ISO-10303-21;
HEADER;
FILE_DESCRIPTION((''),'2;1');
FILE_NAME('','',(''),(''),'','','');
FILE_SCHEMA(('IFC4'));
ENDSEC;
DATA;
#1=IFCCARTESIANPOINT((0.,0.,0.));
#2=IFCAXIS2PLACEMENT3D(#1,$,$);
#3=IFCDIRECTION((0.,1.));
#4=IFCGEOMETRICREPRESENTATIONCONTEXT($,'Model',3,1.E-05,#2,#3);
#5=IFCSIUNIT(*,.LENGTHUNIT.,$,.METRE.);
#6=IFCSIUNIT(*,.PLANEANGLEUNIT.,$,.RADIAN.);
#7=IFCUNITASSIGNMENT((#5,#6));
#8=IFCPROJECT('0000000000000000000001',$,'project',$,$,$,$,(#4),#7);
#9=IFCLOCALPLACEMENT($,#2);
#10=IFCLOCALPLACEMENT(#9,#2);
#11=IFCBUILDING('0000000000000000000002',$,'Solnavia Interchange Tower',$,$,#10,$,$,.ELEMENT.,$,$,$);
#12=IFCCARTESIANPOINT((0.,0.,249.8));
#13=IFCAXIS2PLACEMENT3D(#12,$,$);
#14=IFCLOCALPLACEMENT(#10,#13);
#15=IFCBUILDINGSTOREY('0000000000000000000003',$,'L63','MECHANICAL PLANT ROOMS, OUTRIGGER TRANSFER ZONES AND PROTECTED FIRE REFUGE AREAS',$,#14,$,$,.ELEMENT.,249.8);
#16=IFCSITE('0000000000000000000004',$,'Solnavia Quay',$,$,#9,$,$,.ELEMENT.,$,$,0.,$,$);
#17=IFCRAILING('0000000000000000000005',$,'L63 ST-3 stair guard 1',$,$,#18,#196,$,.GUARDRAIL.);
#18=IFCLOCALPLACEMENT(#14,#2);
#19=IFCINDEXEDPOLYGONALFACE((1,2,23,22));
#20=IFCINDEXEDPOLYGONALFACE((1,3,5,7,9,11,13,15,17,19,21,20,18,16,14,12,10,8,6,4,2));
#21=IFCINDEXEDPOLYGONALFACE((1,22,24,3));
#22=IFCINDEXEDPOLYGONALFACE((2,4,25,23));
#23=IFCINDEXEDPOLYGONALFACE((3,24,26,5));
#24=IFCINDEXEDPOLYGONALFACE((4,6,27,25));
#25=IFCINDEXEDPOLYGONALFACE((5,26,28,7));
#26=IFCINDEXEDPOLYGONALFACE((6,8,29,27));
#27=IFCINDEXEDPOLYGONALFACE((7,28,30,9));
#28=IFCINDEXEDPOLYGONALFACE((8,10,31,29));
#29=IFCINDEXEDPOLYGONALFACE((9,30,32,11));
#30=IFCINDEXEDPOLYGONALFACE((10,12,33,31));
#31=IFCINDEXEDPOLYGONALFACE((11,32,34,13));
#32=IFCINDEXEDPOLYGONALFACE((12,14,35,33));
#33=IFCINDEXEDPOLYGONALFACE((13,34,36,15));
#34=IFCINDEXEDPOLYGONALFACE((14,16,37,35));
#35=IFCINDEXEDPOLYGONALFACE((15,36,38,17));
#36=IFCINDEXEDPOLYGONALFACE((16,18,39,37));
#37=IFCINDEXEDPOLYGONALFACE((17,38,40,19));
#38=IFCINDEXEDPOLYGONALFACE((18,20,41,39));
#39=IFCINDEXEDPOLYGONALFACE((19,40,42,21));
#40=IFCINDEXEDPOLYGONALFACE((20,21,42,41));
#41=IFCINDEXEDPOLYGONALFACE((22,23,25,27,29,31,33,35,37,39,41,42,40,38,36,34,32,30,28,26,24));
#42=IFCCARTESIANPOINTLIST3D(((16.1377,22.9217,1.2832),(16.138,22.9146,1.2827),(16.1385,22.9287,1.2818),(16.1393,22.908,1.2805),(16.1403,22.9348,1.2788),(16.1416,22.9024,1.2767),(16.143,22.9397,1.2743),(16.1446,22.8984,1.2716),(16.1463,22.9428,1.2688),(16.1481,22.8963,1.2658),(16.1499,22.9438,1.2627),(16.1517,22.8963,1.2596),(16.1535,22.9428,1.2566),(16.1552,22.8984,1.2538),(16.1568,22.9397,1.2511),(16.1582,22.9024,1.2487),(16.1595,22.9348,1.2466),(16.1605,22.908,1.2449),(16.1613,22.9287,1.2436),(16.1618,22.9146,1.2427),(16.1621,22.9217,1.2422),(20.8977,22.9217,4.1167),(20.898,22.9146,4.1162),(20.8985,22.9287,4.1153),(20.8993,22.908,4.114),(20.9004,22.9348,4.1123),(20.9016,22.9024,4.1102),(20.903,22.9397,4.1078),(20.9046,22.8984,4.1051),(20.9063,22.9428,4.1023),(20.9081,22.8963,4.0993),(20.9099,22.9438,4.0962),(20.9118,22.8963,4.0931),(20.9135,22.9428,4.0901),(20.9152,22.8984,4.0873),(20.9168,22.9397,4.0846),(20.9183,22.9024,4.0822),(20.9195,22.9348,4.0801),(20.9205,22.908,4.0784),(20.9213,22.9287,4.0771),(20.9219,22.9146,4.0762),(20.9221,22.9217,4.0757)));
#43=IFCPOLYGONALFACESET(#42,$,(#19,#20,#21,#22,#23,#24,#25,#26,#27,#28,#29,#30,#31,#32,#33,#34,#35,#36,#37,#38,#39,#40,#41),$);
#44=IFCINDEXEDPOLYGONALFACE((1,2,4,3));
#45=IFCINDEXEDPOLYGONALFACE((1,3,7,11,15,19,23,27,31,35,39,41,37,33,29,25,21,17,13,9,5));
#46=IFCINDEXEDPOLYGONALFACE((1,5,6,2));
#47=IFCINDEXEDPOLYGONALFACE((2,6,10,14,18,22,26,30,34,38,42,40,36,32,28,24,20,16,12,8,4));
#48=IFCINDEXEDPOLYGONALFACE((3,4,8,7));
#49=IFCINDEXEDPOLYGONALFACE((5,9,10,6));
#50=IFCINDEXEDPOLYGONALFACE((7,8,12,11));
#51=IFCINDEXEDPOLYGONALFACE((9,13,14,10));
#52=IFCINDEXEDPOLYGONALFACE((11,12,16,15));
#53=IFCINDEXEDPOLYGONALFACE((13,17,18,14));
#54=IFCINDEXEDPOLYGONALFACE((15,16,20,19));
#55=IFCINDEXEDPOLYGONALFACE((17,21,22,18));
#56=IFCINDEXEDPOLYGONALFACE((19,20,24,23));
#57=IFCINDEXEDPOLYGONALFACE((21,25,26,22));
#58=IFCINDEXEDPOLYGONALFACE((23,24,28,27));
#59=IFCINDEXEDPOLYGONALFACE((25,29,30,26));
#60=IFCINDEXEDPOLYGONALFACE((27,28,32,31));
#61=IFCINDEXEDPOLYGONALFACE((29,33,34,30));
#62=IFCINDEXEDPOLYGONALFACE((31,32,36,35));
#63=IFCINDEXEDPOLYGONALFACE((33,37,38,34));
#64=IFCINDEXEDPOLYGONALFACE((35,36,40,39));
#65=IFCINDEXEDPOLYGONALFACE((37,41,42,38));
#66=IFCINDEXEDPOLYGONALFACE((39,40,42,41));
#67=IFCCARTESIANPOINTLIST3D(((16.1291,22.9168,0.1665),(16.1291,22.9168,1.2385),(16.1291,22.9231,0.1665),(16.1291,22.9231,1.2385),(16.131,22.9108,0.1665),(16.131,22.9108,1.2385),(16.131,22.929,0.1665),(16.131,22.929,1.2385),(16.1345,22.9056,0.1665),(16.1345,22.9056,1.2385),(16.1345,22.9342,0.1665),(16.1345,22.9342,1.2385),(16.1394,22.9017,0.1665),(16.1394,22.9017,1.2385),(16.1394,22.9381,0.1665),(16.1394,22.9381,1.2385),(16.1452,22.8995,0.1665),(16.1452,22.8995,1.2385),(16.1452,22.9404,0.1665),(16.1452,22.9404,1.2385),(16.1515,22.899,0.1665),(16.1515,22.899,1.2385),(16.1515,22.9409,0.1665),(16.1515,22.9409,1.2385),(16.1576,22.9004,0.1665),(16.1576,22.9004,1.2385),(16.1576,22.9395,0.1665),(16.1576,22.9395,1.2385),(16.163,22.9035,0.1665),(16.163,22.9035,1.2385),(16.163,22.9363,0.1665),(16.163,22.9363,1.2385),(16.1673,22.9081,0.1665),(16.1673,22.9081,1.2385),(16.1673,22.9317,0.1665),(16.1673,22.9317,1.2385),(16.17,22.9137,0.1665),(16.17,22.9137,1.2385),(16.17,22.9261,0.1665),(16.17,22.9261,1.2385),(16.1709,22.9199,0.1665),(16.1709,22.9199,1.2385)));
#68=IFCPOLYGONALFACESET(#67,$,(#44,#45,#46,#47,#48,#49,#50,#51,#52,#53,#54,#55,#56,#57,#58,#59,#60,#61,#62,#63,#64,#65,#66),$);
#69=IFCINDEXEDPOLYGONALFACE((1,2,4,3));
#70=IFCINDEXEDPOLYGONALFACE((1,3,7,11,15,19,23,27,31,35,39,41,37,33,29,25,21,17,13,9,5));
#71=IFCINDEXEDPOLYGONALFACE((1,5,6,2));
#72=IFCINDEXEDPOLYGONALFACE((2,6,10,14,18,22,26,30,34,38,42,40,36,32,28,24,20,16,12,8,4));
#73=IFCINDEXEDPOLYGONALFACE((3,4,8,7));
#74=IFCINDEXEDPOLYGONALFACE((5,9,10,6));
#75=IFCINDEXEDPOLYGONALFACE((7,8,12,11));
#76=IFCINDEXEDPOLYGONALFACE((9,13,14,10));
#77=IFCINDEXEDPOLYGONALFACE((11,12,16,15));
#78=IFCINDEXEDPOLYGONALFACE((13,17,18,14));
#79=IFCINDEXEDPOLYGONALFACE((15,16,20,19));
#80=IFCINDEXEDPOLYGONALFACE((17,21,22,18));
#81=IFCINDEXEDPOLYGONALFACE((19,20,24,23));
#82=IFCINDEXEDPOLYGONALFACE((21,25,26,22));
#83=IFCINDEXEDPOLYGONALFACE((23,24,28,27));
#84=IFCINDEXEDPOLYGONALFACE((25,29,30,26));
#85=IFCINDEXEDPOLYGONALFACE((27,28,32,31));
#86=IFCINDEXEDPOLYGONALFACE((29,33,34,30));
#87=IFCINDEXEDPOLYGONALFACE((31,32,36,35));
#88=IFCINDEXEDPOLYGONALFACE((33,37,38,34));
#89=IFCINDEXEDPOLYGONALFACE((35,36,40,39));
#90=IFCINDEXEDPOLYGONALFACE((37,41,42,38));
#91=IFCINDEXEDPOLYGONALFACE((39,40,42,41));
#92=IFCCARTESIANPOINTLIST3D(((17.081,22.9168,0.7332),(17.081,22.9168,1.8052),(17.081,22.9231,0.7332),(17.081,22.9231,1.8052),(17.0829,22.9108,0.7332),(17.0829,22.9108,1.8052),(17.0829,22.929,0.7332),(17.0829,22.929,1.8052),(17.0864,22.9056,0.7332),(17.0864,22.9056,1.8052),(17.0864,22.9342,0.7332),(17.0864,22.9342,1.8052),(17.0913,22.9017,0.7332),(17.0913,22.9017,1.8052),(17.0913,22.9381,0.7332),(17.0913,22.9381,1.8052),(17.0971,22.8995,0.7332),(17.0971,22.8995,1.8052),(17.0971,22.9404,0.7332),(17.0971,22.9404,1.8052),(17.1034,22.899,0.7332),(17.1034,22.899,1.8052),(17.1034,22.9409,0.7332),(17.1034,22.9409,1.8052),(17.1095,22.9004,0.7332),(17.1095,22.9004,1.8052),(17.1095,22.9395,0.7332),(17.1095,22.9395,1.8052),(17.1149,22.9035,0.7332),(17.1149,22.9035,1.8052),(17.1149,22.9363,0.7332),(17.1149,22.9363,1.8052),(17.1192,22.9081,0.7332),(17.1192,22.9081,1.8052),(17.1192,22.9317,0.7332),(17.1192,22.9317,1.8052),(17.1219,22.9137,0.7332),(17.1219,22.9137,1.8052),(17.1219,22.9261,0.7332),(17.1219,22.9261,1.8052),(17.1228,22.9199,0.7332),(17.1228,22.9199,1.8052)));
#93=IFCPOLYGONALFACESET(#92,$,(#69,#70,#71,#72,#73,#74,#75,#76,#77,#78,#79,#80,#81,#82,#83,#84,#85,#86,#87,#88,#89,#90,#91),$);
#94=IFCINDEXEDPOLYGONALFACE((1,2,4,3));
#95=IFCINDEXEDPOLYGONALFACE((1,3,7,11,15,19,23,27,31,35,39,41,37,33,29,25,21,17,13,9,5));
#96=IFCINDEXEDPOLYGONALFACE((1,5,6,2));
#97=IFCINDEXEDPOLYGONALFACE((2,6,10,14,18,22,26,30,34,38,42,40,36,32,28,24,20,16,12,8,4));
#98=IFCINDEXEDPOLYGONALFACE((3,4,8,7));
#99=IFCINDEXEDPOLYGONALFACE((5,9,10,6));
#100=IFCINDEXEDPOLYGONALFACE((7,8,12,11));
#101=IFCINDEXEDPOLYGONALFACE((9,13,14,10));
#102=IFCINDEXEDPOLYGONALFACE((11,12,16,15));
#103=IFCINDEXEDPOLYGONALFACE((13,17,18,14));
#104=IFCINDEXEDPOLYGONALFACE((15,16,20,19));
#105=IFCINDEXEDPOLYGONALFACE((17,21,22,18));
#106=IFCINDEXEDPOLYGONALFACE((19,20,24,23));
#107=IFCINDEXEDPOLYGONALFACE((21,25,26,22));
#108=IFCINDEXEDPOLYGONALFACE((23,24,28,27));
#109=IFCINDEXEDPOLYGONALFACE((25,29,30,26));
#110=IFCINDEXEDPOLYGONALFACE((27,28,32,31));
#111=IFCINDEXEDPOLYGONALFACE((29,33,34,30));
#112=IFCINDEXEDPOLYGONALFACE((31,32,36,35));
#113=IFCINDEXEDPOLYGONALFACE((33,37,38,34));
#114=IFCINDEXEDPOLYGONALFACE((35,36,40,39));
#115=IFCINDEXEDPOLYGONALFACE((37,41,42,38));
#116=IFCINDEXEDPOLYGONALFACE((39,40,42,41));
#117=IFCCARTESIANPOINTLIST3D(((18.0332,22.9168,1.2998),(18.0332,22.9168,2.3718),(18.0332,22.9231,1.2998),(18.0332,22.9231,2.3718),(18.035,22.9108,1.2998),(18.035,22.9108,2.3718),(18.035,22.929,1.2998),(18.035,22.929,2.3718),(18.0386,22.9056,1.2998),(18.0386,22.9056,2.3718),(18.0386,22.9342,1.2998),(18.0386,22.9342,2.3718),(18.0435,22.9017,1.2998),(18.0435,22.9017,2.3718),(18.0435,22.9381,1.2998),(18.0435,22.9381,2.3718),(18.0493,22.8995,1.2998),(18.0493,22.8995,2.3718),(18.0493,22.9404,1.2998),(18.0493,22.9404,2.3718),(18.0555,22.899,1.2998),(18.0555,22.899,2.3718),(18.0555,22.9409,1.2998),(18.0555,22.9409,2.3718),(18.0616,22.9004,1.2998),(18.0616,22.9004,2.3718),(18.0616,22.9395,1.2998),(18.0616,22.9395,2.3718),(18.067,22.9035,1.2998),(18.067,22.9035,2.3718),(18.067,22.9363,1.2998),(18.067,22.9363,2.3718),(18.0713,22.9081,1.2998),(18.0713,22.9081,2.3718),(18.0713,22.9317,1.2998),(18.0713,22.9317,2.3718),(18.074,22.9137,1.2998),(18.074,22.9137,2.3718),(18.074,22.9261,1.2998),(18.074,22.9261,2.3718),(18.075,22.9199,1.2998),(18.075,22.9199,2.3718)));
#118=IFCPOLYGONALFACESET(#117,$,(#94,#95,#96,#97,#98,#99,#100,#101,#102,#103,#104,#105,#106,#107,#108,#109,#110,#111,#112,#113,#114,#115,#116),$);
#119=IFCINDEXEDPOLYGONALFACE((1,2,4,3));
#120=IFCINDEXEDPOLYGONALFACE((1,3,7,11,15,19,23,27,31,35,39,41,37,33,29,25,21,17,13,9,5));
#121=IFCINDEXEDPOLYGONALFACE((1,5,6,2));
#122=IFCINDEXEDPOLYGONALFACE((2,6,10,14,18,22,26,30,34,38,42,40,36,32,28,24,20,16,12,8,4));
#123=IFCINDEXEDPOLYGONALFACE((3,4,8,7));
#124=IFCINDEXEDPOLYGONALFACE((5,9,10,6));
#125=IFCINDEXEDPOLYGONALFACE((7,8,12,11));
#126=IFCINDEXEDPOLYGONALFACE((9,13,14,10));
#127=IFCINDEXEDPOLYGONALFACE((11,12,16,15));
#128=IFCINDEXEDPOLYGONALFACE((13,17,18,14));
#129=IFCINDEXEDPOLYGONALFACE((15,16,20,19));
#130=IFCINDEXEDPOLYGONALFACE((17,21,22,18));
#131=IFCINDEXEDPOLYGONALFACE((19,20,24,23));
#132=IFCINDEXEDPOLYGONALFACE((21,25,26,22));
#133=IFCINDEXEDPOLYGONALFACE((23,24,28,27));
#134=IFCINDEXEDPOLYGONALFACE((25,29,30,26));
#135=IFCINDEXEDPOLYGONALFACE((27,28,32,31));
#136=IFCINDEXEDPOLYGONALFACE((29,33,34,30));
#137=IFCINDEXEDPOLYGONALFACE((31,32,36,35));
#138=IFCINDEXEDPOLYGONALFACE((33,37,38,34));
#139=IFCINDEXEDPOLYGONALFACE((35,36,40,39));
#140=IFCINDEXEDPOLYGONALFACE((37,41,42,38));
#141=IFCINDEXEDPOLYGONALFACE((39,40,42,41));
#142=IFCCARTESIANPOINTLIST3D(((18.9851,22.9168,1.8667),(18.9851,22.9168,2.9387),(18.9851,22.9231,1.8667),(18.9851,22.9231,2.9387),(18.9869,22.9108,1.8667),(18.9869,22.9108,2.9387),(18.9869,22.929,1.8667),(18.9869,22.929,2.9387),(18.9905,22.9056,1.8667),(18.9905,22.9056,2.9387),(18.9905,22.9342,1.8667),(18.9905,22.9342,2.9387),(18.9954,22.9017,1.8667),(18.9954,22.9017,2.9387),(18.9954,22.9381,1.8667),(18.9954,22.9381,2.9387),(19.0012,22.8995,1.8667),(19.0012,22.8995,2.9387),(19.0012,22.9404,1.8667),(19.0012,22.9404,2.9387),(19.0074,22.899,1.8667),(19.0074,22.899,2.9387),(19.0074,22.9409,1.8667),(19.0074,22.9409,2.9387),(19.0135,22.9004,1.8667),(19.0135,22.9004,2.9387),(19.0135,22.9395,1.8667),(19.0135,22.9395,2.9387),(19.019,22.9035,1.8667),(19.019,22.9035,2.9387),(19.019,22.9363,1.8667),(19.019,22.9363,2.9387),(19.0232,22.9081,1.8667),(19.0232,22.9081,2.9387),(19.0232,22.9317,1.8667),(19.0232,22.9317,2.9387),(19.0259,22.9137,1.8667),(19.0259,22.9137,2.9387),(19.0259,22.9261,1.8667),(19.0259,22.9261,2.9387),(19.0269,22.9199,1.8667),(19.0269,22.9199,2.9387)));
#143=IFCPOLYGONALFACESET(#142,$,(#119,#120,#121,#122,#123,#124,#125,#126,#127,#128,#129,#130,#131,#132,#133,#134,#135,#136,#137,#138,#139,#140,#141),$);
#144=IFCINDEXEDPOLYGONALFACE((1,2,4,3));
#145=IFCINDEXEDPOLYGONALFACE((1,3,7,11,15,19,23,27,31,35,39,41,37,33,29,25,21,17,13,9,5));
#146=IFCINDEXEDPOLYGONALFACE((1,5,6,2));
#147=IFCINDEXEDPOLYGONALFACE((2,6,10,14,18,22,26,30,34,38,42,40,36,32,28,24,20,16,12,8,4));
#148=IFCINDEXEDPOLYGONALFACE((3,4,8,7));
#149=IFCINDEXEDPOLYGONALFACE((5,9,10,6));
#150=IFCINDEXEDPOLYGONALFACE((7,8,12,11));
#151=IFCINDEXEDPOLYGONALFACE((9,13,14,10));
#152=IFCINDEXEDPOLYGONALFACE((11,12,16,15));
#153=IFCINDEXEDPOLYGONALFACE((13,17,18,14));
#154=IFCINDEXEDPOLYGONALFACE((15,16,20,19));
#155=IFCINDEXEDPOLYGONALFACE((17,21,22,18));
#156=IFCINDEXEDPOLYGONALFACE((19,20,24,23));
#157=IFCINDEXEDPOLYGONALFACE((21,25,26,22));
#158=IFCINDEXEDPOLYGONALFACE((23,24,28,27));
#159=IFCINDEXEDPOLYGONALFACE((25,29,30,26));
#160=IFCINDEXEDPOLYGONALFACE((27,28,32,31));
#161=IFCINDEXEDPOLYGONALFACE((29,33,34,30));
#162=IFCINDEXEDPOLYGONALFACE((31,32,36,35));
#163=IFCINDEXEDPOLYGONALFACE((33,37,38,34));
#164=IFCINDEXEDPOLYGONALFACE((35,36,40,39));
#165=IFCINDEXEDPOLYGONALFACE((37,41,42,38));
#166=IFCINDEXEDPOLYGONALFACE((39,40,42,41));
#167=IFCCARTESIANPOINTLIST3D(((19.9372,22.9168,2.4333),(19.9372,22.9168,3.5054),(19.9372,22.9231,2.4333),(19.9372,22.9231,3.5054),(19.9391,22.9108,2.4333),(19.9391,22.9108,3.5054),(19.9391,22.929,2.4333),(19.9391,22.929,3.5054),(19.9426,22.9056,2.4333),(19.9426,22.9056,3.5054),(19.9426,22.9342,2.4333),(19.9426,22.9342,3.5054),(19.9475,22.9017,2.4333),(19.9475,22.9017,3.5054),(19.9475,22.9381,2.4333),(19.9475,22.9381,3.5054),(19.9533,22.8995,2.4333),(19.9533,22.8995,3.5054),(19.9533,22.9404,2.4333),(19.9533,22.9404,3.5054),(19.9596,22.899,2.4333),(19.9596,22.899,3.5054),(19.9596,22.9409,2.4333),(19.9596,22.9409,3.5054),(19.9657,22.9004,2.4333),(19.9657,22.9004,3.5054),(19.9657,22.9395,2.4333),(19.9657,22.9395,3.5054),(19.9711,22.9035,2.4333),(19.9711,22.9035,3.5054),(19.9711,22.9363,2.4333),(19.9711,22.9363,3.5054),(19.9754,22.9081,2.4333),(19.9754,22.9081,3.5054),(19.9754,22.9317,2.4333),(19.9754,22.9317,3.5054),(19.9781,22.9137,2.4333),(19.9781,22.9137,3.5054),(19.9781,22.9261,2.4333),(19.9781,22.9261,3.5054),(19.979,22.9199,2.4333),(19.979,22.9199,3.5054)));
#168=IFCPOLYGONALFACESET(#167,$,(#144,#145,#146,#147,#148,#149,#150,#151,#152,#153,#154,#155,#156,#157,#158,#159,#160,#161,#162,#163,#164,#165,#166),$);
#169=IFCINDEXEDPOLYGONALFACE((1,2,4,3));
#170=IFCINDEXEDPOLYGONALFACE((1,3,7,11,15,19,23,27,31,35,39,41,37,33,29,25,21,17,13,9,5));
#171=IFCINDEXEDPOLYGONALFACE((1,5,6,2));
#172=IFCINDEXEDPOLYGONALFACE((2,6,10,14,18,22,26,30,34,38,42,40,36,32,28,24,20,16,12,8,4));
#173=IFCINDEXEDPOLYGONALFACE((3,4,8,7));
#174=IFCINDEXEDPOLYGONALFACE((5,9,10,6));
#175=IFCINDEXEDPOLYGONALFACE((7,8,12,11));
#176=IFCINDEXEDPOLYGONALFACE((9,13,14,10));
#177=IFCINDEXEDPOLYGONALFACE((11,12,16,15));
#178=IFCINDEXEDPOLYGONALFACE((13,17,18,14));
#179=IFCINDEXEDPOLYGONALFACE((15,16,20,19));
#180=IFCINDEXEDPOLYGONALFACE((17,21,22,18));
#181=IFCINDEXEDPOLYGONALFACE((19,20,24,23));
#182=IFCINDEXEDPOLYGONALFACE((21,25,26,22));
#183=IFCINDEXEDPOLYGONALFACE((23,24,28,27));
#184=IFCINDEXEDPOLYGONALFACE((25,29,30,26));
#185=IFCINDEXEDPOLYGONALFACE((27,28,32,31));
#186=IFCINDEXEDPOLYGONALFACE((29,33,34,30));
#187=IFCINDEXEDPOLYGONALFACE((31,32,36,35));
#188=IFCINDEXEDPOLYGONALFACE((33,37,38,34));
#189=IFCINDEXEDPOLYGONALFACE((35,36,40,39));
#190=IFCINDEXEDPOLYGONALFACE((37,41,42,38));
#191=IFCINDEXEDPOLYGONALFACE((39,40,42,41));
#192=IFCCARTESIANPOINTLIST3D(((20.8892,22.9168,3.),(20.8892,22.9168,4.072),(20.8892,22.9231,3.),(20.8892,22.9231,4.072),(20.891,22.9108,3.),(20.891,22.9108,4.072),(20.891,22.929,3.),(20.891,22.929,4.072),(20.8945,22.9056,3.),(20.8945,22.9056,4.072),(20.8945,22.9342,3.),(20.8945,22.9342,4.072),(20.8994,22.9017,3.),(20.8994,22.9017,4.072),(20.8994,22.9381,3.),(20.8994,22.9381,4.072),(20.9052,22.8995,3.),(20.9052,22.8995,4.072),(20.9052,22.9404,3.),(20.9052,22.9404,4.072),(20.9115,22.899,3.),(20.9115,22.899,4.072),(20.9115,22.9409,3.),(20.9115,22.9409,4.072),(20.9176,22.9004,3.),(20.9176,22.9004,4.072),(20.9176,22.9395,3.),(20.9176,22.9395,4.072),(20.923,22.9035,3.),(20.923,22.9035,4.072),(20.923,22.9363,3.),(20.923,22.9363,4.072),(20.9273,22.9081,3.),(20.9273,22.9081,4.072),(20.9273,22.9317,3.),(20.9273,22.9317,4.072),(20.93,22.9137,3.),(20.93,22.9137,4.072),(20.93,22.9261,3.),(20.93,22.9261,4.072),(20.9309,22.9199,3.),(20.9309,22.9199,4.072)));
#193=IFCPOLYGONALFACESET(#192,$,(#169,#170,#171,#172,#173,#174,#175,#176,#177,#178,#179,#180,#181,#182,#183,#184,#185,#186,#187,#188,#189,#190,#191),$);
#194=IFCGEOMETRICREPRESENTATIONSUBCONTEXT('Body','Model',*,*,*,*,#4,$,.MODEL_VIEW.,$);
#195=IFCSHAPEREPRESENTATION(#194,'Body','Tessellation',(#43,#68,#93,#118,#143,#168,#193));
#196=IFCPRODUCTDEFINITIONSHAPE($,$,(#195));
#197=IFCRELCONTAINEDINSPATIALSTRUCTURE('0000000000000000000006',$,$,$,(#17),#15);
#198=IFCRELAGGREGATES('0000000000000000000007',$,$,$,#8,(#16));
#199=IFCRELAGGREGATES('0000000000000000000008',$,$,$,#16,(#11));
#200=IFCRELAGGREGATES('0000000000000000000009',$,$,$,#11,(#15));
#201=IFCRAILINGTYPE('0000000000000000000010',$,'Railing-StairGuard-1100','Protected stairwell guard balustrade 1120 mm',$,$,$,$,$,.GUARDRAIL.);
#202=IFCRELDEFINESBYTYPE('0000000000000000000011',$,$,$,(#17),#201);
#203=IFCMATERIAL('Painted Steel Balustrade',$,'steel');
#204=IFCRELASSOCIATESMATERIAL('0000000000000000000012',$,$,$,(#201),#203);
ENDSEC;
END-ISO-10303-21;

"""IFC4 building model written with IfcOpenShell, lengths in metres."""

from ifc_helpers import new_model, si_unit, direction, frame, origin, origin_2d, place, context, subcontext, project, spatial, circle, extrude, material, type_object, element, save


model = new_model("IFC4")

# Units and contexts
model_context = context("Model", 3, precision=1e-05, world=origin(), true_north=direction((0.0, 1.0)))
body_context = subcontext(model_context, "Body", "Model", "MODEL_VIEW")
ifc_project = project(units=[si_unit("LENGTHUNIT", "METRE"), si_unit("PLANEANGLEUNIT", "RADIAN")], contexts=[model_context])

# Site, building, storey
site_placement = place(None, origin())
site = spatial("IfcSite", under=ifc_project, at=site_placement, Name="Solnavia Quay", CompositionType="ELEMENT", RefElevation=0.0)
building_placement = place(site_placement, origin())
building = spatial("IfcBuilding", under=site, at=building_placement, Name="Solnavia Interchange Tower", CompositionType="ELEMENT")
storey_placement = place(building_placement, frame((0.0, 0.0, 249.8)))
storey = spatial("IfcBuildingStorey", under=building, at=storey_placement, Name="L63", Description="MECHANICAL PLANT ROOMS, OUTRIGGER TRANSFER ZONES AND PROTECTED FIRE REFUGE AREAS", CompositionType="ELEMENT", Elevation=249.8)

# Railing
ifc_material_1 = material(Name="Painted Steel Balustrade", Category="steel")
railing_type_1 = type_object("IfcRailingType", Name="Railing-StairGuard-1100", Description="Protected stairwell guard balustrade 1120 mm", PredefinedType="GUARDRAIL", material=ifc_material_1)
railing_1_placement = place(storey_placement, frame((16.1499, 22.9199, 0.1665)))
element("IfcRailing", 1, at=railing_1_placement, inside=storey, type_object=railing_type_1, Name="L63 ST-3 stair guard 1", PredefinedType="GUARDRAIL", context=body_context, shape_type="SweptSolid", body=[
    extrude(circle(Radius=0.0239, at=origin_2d()), frame((0.0, 0.0, 1.0962), z_axis=(0.85928, 0.0, 0.511505), x_axis=(0.0, 1.0, 0.0)), (0.0, 0.0, 1.0), 5.5396),
    extrude(circle(Radius=0.021, at=origin_2d()), origin(), (0.0, 0.0, 1.0), 1.072),
    extrude(circle(Radius=0.021, at=origin_2d()), frame((0.9519, 0.0, 0.5667)), (0.0, 0.0, 1.0), 1.072),
    extrude(circle(Radius=0.021, at=origin_2d()), frame((1.9041, 0.0, 1.1333)), (0.0, 0.0, 1.0), 1.072),
    extrude(circle(Radius=0.021, at=origin_2d()), frame((2.856, 0.0, 1.7002)), (0.0, 0.0, 1.0), 1.072),
    extrude(circle(Radius=0.021, at=origin_2d()), frame((3.8081, 0.0, 2.2668)), (0.0, 0.0, 1.0), 1.072),
    extrude(circle(Radius=0.021, at=origin_2d()), frame((4.76, 0.0, 2.8335)), (0.0, 0.0, 1.0), 1.072),
])

save(model, "model.ifc")
